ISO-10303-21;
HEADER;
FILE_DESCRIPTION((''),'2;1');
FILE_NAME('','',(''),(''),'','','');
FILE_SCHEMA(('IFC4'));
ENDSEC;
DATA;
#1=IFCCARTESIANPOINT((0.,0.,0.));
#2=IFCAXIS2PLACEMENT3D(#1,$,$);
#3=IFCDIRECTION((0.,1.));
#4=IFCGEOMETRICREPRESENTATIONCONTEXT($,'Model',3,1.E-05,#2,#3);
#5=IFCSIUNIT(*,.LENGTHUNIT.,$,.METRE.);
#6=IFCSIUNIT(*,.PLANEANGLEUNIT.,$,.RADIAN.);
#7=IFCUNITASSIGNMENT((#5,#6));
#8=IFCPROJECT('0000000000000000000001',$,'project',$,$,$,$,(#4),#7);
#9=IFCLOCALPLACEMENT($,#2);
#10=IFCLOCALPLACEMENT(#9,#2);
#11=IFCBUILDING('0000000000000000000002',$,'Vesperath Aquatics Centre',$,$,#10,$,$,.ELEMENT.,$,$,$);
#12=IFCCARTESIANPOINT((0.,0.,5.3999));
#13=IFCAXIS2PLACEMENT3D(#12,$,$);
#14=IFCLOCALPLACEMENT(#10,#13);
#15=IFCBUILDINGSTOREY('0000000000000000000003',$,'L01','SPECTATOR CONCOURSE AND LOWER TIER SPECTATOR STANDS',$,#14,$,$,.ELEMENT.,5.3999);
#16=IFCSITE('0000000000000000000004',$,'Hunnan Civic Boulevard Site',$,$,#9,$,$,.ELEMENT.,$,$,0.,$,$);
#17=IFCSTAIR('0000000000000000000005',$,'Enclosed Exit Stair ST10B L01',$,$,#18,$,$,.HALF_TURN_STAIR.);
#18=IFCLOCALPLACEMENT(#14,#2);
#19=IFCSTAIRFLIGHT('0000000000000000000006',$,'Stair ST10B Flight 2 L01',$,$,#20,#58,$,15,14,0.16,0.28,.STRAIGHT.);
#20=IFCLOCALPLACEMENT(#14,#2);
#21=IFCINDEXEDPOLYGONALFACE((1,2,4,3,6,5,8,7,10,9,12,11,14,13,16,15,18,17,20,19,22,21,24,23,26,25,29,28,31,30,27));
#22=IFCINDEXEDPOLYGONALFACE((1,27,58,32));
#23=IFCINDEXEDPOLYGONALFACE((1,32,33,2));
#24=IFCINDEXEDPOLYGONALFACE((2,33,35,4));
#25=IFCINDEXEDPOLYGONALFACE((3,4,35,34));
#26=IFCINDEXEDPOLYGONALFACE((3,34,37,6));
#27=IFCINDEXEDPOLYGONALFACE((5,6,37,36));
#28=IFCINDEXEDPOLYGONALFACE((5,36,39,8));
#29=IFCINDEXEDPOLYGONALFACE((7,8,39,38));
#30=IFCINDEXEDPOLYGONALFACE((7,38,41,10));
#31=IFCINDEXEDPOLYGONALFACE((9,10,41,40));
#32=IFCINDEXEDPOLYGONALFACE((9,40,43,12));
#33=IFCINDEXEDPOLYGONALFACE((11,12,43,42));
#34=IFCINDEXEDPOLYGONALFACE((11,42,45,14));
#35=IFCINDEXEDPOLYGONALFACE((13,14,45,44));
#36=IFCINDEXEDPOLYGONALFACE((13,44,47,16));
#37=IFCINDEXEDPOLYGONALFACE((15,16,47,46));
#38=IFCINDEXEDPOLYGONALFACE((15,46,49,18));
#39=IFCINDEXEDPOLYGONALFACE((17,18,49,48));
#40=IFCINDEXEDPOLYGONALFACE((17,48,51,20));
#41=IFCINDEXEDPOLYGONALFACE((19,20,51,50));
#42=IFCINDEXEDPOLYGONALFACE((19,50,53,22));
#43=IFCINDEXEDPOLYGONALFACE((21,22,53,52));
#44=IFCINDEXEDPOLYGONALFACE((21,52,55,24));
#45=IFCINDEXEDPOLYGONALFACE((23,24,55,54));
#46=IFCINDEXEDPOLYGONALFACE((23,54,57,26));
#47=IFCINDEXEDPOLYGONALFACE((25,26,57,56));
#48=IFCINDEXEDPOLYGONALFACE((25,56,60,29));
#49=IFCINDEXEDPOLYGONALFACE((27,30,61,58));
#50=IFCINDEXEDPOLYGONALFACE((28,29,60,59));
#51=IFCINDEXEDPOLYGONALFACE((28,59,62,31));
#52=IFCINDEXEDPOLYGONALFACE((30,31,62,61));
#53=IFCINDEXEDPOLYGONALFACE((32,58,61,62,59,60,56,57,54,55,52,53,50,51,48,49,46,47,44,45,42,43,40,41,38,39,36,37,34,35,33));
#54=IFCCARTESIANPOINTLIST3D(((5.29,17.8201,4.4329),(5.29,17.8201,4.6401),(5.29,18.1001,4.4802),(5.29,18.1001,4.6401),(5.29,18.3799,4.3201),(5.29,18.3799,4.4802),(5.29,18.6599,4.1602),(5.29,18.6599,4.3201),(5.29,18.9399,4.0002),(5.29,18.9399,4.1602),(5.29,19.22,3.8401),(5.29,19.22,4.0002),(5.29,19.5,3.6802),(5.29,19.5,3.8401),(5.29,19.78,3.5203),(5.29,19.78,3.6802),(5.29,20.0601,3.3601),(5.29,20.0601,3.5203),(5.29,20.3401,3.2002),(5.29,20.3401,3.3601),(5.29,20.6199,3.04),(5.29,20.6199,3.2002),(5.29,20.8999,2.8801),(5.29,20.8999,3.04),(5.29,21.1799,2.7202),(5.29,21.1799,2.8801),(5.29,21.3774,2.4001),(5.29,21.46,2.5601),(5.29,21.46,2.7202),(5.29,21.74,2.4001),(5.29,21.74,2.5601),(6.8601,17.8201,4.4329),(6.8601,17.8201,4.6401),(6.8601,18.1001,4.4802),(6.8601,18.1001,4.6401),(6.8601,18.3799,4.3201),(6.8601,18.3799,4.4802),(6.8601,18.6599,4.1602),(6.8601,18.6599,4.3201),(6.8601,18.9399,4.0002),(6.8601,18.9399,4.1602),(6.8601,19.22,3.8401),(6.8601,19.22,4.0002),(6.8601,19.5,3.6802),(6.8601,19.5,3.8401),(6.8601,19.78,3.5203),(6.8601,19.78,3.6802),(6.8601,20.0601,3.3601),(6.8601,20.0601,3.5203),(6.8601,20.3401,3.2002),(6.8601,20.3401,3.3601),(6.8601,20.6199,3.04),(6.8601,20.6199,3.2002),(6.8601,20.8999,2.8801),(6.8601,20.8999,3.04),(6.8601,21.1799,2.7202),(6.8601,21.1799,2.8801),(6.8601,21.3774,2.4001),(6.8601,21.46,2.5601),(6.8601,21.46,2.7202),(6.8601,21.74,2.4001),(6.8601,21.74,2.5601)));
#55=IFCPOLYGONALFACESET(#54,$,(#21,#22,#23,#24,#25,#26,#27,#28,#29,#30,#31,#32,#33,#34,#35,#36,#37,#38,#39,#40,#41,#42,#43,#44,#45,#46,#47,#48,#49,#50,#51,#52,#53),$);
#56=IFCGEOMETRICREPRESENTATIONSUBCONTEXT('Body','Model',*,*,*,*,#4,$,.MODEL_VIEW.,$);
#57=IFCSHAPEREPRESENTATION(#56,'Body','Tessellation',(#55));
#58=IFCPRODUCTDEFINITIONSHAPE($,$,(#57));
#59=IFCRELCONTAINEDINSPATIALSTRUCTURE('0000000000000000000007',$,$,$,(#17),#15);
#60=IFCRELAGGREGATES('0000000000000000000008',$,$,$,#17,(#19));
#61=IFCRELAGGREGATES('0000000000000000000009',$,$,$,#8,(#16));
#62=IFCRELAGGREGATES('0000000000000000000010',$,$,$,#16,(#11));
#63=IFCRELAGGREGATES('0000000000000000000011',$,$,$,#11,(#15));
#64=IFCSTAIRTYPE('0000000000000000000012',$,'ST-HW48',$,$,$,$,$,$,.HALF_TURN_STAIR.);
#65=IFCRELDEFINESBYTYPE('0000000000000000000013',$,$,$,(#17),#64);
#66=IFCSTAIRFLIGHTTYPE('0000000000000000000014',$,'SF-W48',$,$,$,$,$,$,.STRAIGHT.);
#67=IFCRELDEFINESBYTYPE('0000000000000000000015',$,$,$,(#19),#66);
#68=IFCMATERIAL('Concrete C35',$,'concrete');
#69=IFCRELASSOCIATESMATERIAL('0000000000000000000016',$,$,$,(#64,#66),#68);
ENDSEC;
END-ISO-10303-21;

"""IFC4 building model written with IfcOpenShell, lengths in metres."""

from ifc_helpers import new_model, si_unit, direction, frame, origin, place, context, subcontext, project, spatial, polyline, outline, extrude, material, type_object, element, aggregate, save


model = new_model("IFC4")

# Units and contexts
model_context = context("Model", 3, precision=1e-05, world=origin(), true_north=direction((0.0, 1.0)))
body_context = subcontext(model_context, "Body", "Model", "MODEL_VIEW")
ifc_project = project(units=[si_unit("LENGTHUNIT", "METRE"), si_unit("PLANEANGLEUNIT", "RADIAN")], contexts=[model_context])

# Site, building, storey
site_placement = place(None, origin())
site = spatial("IfcSite", under=ifc_project, at=site_placement, Name="Hunnan Civic Boulevard Site", CompositionType="ELEMENT", RefElevation=0.0)
building_placement = place(site_placement, origin())
building = spatial("IfcBuilding", under=site, at=building_placement, Name="Vesperath Aquatics Centre", CompositionType="ELEMENT")
storey_placement = place(building_placement, frame((0.0, 0.0, 5.3999)))
storey = spatial("IfcBuildingStorey", under=building, at=storey_placement, Name="L01", Description="SPECTATOR CONCOURSE AND LOWER TIER SPECTATOR STANDS", CompositionType="ELEMENT", Elevation=5.3999)

# Shared definitions
ifc_material_1 = material(Name="Concrete C35", Category="concrete")

# Stair, stair flight
stair_type = type_object("IfcStairType", Name="ST-HW48", PredefinedType="HALF_TURN_STAIR", material=ifc_material_1)
stair_flight_type = type_object("IfcStairFlightType", Name="SF-W48", PredefinedType="STRAIGHT", material=ifc_material_1)
stair_1_placement = place(storey_placement, origin())
stair_1 = element("IfcStair", 1, at=stair_1_placement, inside=storey, type_object=stair_type, Name="Enclosed Exit Stair ST10B L01", PredefinedType="HALF_TURN_STAIR")
stair_flight_1_placement = place(storey_placement, frame((6.075, 21.74, 2.4001), z_axis=(0.0, 0.0, 1.0), x_axis=(0.0, -1.0, 0.0)))
stair_flight_1 = element("IfcStairFlight", 2, at=stair_flight_1_placement, type_object=stair_flight_type, Name="Stair ST10B Flight 2 L01", NumberOfRisers=15, NumberOfTreads=14, PredefinedType="STRAIGHT", RiserHeight=0.16, TreadLength=0.28, context=body_context, shape_type="SweptSolid", body=[
    extrude(outline(polyline([(0.0, 0.0), (0.0, 0.1599), (0.28, 0.1599), (0.28, 0.3201), (0.5601, 0.3201), (0.5601, 0.48), (0.8401, 0.48), (0.8401, 0.6399), (1.1201, 0.6399), (1.1201, 0.8), (1.3999, 0.8), (1.3999, 0.96), (1.6799, 0.96), (1.6799, 1.1201), (1.96, 1.1201), (1.96, 1.28), (2.24, 1.28), (2.24, 1.4399), (2.52, 1.4399), (2.52, 1.6001), (2.8, 1.6001), (2.8, 1.76), (3.0801, 1.76), (3.0801, 1.9199), (3.3601, 1.9199), (3.3601, 2.0801), (3.6399, 2.0801), (3.6399, 2.24), (3.9199, 2.24), (3.9199, 2.3999), (3.9199, 2.0327), (0.3625, 0.0), (0.0, 0.0)])), frame((0.0, 0.7852, 0.0), z_axis=(0.0, -1.0, 0.0), x_axis=(1.0, 0.0, 0.0)), (0.0, 0.0, 1.0), 1.5701),
])
aggregate(stair_1, [stair_flight_1])

save(model, "model.ifc")
